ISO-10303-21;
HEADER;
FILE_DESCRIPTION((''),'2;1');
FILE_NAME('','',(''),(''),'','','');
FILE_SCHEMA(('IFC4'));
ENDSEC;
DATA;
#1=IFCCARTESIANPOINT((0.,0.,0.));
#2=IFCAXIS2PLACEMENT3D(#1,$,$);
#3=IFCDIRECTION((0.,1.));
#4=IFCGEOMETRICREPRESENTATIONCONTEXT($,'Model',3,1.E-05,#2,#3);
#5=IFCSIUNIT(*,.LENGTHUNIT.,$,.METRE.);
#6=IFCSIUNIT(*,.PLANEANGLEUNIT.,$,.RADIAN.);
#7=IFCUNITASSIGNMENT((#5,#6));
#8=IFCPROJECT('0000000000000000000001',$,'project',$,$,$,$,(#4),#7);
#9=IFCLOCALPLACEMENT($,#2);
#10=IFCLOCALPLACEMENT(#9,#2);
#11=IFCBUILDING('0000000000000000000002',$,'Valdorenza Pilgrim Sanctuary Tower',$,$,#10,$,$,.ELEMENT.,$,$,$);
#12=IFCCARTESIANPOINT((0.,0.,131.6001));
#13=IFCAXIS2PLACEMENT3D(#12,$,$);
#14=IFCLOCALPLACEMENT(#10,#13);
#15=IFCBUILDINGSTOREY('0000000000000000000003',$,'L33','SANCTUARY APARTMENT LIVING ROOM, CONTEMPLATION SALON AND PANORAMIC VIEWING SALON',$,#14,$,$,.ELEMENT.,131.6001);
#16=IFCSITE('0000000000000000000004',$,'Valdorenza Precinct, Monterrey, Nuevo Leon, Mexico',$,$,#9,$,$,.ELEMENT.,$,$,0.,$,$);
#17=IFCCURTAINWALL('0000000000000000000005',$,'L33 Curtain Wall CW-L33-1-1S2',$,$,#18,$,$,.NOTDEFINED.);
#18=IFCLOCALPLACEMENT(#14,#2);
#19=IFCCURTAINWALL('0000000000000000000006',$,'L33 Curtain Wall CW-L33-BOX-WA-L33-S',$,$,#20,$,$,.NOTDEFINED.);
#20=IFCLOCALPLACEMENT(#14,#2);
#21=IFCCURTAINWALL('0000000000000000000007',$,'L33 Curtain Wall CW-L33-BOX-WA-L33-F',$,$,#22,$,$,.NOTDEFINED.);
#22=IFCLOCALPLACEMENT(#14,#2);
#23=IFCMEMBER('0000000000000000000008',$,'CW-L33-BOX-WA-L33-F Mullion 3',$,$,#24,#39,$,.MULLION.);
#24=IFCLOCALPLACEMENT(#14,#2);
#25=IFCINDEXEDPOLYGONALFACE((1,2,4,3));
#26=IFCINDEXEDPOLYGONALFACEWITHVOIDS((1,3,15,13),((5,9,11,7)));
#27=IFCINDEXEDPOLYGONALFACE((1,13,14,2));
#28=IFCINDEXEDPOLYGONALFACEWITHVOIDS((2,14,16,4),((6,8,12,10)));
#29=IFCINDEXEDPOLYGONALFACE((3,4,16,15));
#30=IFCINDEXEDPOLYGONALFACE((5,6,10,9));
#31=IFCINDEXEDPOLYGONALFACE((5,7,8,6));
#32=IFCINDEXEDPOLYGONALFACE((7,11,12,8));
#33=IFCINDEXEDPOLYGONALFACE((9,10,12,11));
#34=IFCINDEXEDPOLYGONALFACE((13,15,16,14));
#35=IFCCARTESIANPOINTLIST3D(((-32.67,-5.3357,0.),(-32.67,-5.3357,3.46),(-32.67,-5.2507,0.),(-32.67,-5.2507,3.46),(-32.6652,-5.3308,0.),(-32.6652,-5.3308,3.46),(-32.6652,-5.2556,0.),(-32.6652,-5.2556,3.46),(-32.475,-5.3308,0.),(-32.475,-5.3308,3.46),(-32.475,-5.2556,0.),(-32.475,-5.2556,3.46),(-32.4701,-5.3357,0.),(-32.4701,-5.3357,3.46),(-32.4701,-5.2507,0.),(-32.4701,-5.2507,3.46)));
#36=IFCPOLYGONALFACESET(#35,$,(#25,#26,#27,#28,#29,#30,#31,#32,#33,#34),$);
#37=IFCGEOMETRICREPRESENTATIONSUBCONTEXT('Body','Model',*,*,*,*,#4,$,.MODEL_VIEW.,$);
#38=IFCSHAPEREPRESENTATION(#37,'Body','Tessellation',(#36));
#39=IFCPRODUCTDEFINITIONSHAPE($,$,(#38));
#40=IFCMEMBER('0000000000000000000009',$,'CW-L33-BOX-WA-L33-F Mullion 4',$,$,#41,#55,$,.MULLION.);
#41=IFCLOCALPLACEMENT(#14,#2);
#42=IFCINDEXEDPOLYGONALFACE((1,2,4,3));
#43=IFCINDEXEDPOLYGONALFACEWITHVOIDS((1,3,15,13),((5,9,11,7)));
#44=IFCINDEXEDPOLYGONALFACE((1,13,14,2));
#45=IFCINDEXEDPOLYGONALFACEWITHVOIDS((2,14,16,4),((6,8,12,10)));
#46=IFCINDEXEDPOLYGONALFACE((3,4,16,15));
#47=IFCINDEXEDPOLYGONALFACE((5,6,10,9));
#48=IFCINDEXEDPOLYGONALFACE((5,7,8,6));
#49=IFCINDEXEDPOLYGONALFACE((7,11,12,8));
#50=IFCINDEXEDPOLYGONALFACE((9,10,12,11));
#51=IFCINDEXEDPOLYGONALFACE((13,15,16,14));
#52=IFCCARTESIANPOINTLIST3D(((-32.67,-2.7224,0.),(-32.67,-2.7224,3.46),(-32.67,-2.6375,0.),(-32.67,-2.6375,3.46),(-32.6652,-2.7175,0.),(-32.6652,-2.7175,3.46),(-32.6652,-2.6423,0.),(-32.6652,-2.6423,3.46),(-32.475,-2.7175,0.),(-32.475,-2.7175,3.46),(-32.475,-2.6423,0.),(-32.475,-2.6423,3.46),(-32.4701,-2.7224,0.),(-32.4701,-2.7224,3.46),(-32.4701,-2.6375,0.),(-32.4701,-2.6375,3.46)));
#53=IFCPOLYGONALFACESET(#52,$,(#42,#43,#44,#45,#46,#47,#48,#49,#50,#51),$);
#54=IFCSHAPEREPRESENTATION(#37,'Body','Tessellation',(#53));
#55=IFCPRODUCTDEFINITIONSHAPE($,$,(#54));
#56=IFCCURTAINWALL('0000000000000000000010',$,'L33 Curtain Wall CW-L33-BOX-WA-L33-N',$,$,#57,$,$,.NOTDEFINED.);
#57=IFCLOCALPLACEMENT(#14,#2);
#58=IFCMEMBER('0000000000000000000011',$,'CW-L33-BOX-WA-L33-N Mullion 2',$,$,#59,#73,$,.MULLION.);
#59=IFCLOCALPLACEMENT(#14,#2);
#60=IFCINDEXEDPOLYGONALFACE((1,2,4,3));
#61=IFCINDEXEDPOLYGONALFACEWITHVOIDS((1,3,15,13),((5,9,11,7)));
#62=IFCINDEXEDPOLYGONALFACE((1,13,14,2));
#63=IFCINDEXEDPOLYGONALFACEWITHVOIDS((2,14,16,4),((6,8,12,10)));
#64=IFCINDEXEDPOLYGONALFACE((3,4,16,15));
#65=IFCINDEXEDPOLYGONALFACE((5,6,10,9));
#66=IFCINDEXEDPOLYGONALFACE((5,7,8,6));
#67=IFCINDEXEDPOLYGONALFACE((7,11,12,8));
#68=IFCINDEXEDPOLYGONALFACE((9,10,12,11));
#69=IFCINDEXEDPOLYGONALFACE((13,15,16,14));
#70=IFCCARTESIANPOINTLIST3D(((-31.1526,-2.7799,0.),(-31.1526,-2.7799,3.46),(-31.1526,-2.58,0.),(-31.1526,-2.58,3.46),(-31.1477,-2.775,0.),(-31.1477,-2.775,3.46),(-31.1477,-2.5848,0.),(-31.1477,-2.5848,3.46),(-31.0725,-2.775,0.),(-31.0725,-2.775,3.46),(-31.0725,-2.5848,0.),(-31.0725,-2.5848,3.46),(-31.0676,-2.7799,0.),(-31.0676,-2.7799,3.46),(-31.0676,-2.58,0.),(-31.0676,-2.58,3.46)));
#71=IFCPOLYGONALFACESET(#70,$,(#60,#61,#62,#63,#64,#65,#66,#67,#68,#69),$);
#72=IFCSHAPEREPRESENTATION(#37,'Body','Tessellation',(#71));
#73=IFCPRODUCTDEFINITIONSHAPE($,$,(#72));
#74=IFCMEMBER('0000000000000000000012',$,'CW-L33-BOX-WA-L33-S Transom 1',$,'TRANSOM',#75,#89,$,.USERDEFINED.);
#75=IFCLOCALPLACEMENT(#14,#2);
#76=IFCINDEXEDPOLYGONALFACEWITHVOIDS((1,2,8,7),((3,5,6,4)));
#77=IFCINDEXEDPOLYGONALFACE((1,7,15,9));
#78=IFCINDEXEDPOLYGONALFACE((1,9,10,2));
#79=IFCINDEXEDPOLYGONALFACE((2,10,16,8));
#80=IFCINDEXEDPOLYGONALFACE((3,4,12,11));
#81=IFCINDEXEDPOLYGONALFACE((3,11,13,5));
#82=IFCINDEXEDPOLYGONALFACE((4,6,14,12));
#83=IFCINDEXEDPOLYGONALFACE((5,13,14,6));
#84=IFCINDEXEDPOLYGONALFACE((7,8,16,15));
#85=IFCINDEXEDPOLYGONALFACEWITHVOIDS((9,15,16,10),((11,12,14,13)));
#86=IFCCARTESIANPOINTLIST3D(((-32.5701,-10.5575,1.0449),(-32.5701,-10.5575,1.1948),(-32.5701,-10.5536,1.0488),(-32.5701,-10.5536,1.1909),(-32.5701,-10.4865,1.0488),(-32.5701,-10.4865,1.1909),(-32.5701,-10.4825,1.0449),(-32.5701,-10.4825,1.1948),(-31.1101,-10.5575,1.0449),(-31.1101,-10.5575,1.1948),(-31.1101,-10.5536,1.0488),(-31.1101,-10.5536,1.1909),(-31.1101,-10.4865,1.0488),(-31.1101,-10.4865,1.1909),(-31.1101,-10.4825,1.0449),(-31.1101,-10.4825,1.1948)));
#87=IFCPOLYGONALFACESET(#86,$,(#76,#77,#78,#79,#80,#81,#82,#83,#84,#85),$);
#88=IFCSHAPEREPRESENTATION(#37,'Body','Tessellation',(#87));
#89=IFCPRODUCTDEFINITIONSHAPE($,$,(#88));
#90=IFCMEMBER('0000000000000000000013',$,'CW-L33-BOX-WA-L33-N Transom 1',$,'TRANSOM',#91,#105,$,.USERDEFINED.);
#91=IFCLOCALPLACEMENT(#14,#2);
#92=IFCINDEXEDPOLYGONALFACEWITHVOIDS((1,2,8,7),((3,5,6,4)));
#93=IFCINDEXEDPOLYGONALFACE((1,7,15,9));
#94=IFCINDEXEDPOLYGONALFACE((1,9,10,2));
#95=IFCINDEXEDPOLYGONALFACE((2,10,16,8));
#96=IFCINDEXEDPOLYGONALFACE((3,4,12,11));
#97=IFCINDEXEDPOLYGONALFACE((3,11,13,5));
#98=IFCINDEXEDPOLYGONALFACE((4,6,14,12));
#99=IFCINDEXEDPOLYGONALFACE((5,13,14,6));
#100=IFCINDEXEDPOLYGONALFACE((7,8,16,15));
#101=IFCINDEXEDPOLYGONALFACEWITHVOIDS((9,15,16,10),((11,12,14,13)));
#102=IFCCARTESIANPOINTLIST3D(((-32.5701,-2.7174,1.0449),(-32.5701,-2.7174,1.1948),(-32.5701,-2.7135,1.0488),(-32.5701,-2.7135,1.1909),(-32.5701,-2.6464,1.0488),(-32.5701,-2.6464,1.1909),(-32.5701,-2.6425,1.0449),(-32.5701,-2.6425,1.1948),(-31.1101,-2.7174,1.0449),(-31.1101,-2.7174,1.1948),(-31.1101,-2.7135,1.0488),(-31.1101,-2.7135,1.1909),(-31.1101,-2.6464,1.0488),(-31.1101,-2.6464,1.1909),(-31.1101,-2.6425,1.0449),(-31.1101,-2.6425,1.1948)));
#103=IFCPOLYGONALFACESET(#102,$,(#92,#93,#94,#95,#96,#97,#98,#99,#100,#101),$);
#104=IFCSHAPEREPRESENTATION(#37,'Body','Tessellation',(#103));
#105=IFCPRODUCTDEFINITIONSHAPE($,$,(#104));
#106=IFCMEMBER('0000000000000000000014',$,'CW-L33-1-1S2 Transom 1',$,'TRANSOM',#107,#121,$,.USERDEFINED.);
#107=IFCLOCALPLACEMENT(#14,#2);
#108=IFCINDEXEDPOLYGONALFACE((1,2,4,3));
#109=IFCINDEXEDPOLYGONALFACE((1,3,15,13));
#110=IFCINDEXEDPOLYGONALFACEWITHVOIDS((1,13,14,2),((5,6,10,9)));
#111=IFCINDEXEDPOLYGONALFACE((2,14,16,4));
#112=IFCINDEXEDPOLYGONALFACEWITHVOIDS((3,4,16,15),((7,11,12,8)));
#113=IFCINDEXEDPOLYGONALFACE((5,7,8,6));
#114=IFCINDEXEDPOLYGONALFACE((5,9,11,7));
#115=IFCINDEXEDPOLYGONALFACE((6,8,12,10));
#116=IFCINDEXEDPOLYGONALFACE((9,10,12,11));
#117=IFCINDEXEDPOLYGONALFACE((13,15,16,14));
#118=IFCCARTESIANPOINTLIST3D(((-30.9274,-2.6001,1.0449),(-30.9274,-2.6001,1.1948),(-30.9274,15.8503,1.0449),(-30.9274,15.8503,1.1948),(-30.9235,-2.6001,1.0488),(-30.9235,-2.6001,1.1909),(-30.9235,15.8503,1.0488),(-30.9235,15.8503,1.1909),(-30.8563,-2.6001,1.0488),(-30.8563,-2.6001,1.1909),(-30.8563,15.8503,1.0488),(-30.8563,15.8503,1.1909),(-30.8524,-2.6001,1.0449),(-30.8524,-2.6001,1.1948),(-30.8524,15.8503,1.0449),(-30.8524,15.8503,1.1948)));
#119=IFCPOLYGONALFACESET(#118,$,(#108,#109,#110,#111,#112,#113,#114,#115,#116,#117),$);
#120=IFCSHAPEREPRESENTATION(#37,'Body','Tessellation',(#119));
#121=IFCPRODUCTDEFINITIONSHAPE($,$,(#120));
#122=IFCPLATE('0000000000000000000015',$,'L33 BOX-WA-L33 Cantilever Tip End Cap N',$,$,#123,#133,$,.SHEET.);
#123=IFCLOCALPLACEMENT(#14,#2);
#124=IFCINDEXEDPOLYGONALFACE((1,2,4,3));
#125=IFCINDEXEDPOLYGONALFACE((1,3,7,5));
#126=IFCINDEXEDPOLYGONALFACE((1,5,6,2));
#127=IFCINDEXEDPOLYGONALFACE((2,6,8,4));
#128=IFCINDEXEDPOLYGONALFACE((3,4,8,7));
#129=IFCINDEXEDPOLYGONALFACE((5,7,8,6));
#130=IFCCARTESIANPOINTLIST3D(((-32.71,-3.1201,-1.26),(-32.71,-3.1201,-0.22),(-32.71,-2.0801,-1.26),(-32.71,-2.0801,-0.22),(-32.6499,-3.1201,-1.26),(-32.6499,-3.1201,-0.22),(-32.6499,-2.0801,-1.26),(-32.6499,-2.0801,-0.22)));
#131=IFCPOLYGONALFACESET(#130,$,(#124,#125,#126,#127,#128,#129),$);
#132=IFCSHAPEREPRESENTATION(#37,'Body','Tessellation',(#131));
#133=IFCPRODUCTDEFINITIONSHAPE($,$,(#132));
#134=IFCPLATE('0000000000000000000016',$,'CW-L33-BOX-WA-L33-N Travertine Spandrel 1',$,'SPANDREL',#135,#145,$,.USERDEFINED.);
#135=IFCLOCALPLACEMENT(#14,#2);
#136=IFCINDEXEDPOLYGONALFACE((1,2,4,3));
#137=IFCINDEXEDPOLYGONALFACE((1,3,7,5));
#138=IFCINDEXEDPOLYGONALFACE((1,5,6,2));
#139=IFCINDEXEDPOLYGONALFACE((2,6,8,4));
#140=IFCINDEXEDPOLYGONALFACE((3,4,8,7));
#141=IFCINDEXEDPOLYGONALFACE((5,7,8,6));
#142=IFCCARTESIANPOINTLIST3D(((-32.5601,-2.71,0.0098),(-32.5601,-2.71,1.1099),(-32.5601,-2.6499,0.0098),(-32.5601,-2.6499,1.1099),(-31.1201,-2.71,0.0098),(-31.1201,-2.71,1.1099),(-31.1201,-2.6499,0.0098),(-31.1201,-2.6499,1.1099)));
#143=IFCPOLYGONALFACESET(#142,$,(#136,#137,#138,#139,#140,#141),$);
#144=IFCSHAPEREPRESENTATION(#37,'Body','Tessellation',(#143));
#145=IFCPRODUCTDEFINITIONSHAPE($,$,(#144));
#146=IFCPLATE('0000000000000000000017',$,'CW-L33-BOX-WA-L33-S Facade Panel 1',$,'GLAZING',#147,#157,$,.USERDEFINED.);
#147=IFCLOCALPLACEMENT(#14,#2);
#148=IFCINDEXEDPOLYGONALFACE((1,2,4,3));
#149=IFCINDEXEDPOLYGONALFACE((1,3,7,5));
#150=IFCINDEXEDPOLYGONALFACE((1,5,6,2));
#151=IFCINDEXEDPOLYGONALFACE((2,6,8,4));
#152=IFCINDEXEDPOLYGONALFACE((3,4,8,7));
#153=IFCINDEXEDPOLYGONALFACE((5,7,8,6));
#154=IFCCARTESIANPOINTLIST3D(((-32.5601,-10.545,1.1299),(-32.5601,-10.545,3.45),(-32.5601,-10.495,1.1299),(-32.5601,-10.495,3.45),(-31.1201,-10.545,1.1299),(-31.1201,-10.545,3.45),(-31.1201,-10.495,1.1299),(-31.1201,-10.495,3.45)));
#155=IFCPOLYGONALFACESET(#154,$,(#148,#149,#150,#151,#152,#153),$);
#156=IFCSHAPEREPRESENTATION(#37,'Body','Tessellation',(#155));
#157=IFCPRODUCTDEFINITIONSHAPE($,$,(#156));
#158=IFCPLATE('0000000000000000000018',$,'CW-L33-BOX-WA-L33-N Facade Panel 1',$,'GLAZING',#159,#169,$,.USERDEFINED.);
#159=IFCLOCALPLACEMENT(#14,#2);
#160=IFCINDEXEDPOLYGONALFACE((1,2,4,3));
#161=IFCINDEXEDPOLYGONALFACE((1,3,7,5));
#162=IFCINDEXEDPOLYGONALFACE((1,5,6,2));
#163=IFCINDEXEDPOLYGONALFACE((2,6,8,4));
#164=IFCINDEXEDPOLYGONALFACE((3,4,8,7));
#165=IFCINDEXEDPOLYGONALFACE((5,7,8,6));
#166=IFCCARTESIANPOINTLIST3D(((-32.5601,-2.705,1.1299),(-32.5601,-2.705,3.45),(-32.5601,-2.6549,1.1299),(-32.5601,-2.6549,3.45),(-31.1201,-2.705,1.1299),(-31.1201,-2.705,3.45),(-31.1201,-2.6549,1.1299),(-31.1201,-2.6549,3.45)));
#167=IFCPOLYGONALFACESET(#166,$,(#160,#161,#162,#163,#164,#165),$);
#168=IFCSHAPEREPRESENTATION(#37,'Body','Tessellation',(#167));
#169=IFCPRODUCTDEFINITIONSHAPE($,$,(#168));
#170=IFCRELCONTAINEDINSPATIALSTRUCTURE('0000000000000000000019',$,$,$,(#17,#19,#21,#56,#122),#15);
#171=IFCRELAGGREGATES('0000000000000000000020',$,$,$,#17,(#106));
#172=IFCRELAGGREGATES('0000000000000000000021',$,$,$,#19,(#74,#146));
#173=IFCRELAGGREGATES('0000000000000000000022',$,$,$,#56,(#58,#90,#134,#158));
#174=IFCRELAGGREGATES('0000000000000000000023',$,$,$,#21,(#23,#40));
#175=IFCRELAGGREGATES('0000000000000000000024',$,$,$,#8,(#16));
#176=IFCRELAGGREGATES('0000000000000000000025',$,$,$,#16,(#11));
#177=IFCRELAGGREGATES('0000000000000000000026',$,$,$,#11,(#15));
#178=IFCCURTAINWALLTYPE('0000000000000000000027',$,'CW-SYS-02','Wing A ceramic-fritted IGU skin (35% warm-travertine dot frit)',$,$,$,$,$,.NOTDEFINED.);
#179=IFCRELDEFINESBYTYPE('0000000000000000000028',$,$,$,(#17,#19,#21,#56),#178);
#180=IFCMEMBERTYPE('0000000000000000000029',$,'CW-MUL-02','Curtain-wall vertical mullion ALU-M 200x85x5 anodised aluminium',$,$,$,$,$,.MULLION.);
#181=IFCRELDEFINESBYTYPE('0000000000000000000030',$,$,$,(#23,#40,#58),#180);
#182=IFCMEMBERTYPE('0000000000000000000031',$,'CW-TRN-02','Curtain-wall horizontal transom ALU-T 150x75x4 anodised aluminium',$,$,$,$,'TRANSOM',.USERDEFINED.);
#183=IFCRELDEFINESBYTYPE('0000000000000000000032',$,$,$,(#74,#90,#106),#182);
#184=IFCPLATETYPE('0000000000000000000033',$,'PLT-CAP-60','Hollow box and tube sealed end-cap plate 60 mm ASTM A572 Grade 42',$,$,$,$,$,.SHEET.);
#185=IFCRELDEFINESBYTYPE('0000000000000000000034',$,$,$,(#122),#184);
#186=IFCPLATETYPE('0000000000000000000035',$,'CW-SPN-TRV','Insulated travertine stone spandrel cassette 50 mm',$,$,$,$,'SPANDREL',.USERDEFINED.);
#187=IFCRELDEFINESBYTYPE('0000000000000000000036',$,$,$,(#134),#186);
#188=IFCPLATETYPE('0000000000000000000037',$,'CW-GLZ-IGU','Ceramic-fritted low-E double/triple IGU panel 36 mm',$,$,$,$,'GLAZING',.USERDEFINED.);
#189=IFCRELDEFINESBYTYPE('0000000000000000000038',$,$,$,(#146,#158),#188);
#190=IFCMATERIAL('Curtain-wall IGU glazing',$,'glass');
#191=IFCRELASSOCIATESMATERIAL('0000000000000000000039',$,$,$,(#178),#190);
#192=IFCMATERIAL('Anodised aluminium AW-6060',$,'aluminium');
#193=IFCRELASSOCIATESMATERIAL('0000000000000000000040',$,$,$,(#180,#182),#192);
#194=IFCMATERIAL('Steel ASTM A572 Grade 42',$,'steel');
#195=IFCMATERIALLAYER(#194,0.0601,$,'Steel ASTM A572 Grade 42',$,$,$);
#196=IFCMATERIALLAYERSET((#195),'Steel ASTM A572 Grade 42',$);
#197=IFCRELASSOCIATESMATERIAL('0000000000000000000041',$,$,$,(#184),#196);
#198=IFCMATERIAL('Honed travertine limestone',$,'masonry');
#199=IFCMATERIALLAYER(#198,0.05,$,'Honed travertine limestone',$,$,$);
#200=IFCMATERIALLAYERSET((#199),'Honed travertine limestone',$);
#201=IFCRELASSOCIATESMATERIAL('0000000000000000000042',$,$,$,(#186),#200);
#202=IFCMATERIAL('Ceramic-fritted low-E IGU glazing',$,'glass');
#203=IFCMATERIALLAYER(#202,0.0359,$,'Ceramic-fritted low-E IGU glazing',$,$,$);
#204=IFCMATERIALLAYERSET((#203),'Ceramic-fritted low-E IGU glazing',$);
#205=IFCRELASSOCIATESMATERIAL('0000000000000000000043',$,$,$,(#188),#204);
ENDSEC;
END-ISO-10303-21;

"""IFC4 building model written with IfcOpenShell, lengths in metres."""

from ifc_helpers import new_model, si_unit, direction, frame, origin, origin_2d, place, context, subcontext, project, spatial, rectangle, hollow_rectangle, extrude, source, transform, mapped, material, layer, layer_set, material_profile, profile_set, type_object, element, aggregate, save


model = new_model("IFC4")

# Units and contexts
model_context = context("Model", 3, precision=1e-05, world=origin(), true_north=direction((0.0, 1.0)))
body_context = subcontext(model_context, "Body", "Model", "MODEL_VIEW")
ifc_project = project(units=[si_unit("LENGTHUNIT", "METRE"), si_unit("PLANEANGLEUNIT", "RADIAN")], contexts=[model_context])

# Site, building, storey
site_placement = place(None, origin())
site = spatial("IfcSite", under=ifc_project, at=site_placement, Name="Valdorenza Precinct, Monterrey, Nuevo Leon, Mexico", CompositionType="ELEMENT", RefElevation=0.0)
building_placement = place(site_placement, origin())
building = spatial("IfcBuilding", under=site, at=building_placement, Name="Valdorenza Pilgrim Sanctuary Tower", CompositionType="ELEMENT")
storey_placement = place(building_placement, frame((0.0, 0.0, 131.6001)))
storey = spatial("IfcBuildingStorey", under=building, at=storey_placement, Name="L33", Description="SANCTUARY APARTMENT LIVING ROOM, CONTEMPLATION SALON AND PANORAMIC VIEWING SALON", CompositionType="ELEMENT", Elevation=131.6001)

# Shared definitions
ifc_material_1 = material(Name="Steel ASTM A572 Grade 42", Category="steel")

# Curtain walls
ifc_material_2 = material(Name="Curtain-wall IGU glazing", Category="glass")
curtain_wall_type = type_object("IfcCurtainWallType", Name="CW-SYS-02", Description="Wing A ceramic-fritted IGU skin (35% warm-travertine dot frit)", PredefinedType="NOTDEFINED", material=ifc_material_2)
curtain_wall_1_placement = place(storey_placement, origin())
curtain_wall_1 = element("IfcCurtainWall", 1, at=curtain_wall_1_placement, inside=storey, type_object=curtain_wall_type, Name="L33 Curtain Wall CW-L33-1-1S2", PredefinedType="NOTDEFINED")
ifc_material_3 = material(Name="Anodised aluminium AW-6060", Category="aluminium")
ifc_material_profile_1 = material_profile(ifc_material_3, hollow_rectangle(XDim=0.085, YDim=0.2, WallThickness=0.0049, at=origin_2d()), Name="ALU-M 200x85x5")
ifc_profile_set_1 = profile_set([ifc_material_profile_1], Name="Anodised aluminium AW-6060")
member_type_1 = type_object("IfcMemberType", Name="CW-MUL-02", Description="Curtain-wall vertical mullion ALU-M 200x85x5 anodised aluminium", PredefinedType="MULLION", material=ifc_profile_set_1)
shared_shape_1 = source(origin(), body_context, "Body", "SweptSolid", [
    extrude(hollow_rectangle(XDim=0.085, YDim=0.2, WallThickness=0.0049, at=origin_2d()), origin(), (0.0, 0.0, 1.0), 3.46),
])
curtain_wall_2_placement = place(storey_placement, origin())
curtain_wall_2 = element("IfcCurtainWall", 2, at=curtain_wall_2_placement, inside=storey, type_object=curtain_wall_type, Name="L33 Curtain Wall CW-L33-BOX-WA-L33-S", PredefinedType="NOTDEFINED")

# Curtain wall, members
curtain_wall_3_placement = place(storey_placement, origin())
curtain_wall_3 = element("IfcCurtainWall", 3, at=curtain_wall_3_placement, inside=storey, type_object=curtain_wall_type, Name="L33 Curtain Wall CW-L33-BOX-WA-L33-F", PredefinedType="NOTDEFINED")
member_1_placement = place(storey_placement, frame((-32.5701, -5.2932, 0.0), z_axis=(0.0, 0.0, 1.0), x_axis=(0.0, 1.0, 0.0)))
member_1 = element("IfcMember", 4, at=member_1_placement, type_object=member_type_1, Name="CW-L33-BOX-WA-L33-F Mullion 3", PredefinedType="MULLION", context=body_context, shape_type="MappedRepresentation", body=[
    mapped(shared_shape_1, transform((0.0, 0.0, 0.0), x_axis=(1.0, 0.0, 0.0), y_axis=(0.0, 1.0, 0.0), z_axis=(0.0, 0.0, 1.0), scale=1.0)),
])
member_2_placement = place(storey_placement, frame((-32.5701, -2.6799, 0.0), z_axis=(0.0, 0.0, 1.0), x_axis=(0.0, 1.0, 0.0)))
member_2 = element("IfcMember", 5, at=member_2_placement, type_object=member_type_1, Name="CW-L33-BOX-WA-L33-F Mullion 4", PredefinedType="MULLION", context=body_context, shape_type="MappedRepresentation", body=[
    mapped(shared_shape_1, transform((0.0, 0.0, 0.0), x_axis=(1.0, 0.0, 0.0), y_axis=(0.0, 1.0, 0.0), z_axis=(0.0, 0.0, 1.0), scale=1.0)),
])

# Curtain wall, member
curtain_wall_4_placement = place(storey_placement, origin())
curtain_wall_4 = element("IfcCurtainWall", 6, at=curtain_wall_4_placement, inside=storey, type_object=curtain_wall_type, Name="L33 Curtain Wall CW-L33-BOX-WA-L33-N", PredefinedType="NOTDEFINED")
member_3_placement = place(storey_placement, frame((-31.1101, -2.6799, 0.0), z_axis=(0.0, 0.0, 1.0), x_axis=(1.0, 0.0, 0.0)))
member_3 = element("IfcMember", 7, at=member_3_placement, type_object=member_type_1, Name="CW-L33-BOX-WA-L33-N Mullion 2", PredefinedType="MULLION", context=body_context, shape_type="MappedRepresentation", body=[
    mapped(shared_shape_1, transform((0.0, 0.0, 0.0), x_axis=(1.0, 0.0, 0.0), y_axis=(0.0, 1.0, 0.0), z_axis=(0.0, 0.0, 1.0), scale=1.0)),
])

# Members
ifc_material_profile_2 = material_profile(ifc_material_3, hollow_rectangle(XDim=0.075, YDim=0.1499, WallThickness=0.0039, at=origin_2d()), Name="ALU-T 150x75x4")
ifc_profile_set_2 = profile_set([ifc_material_profile_2], Name="Anodised aluminium AW-6060")
member_type_2 = type_object("IfcMemberType", Name="CW-TRN-02", Description="Curtain-wall horizontal transom ALU-T 150x75x4 anodised aluminium", ElementType="TRANSOM", PredefinedType="USERDEFINED", material=ifc_profile_set_2)
shared_shape_2 = source(origin(), body_context, "Body", "SweptSolid", [
    extrude(hollow_rectangle(XDim=0.075, YDim=0.1499, WallThickness=0.0039, at=origin_2d()), origin(), (0.0, 0.0, 1.0), 1.46),
])
member_4_placement = place(storey_placement, frame((-31.1101, -10.52, 1.1199), z_axis=(-1.0, 0.0, 0.0), x_axis=(0.0, -1.0, 0.0)))
member_4 = element("IfcMember", 8, at=member_4_placement, type_object=member_type_2, Name="CW-L33-BOX-WA-L33-S Transom 1", ObjectType="TRANSOM", PredefinedType="USERDEFINED", context=body_context, shape_type="MappedRepresentation", body=[
    mapped(shared_shape_2, transform((0.0, 0.0, 0.0), x_axis=(1.0, 0.0, 0.0), y_axis=(0.0, 1.0, 0.0), z_axis=(0.0, 0.0, 1.0), scale=1.0)),
])
member_5_placement = place(storey_placement, frame((-32.5701, -2.6799, 1.1199), z_axis=(1.0, 0.0, 0.0), x_axis=(0.0, 1.0, 0.0)))
member_5 = element("IfcMember", 9, at=member_5_placement, type_object=member_type_2, Name="CW-L33-BOX-WA-L33-N Transom 1", ObjectType="TRANSOM", PredefinedType="USERDEFINED", context=body_context, shape_type="MappedRepresentation", body=[
    mapped(shared_shape_2, transform((0.0, 0.0, 0.0), x_axis=(1.0, 0.0, 0.0), y_axis=(0.0, 1.0, 0.0), z_axis=(0.0, 0.0, 1.0), scale=1.0)),
])
shared_shape_3 = source(origin(), body_context, "Body", "SweptSolid", [
    extrude(hollow_rectangle(XDim=0.075, YDim=0.1499, WallThickness=0.0039, at=origin_2d()), origin(), (0.0, 0.0, 1.0), 18.4504),
])
member_6_placement = place(storey_placement, frame((-30.8899, -2.6001, 1.1199), z_axis=(0.0, 1.0, 0.0), x_axis=(-1.0, 0.0, 0.0)))
member_6 = element("IfcMember", 10, at=member_6_placement, type_object=member_type_2, Name="CW-L33-1-1S2 Transom 1", ObjectType="TRANSOM", PredefinedType="USERDEFINED", context=body_context, shape_type="MappedRepresentation", body=[
    mapped(shared_shape_3, transform((0.0, 0.0, 0.0), x_axis=(1.0, 0.0, 0.0), y_axis=(0.0, 1.0, 0.0), z_axis=(0.0, 0.0, 1.0), scale=1.0)),
])
aggregate(curtain_wall_1, [member_6])

# Plates
ifc_layer_1 = layer(ifc_material_1, 0.0601, Name="Steel ASTM A572 Grade 42")
ifc_layer_set_1 = layer_set([ifc_layer_1], Name="Steel ASTM A572 Grade 42")
plate_type_1 = type_object("IfcPlateType", Name="PLT-CAP-60", Description="Hollow box and tube sealed end-cap plate 60 mm ASTM A572 Grade 42", PredefinedType="SHEET", material=ifc_layer_set_1)
shared_shape_4 = source(origin(), body_context, "Body", "SweptSolid", [
    extrude(rectangle(XDim=0.0601, YDim=1.04, at=origin_2d()), origin(), (0.0, 0.0, 1.0), 1.04),
])
plate_1_placement = place(storey_placement, frame((-32.6799, -2.6001, -1.26), z_axis=(0.0, 0.0, 1.0), x_axis=(1.0, 0.0, 0.0)))
element("IfcPlate", 11, at=plate_1_placement, inside=storey, type_object=plate_type_1, Name="L33 BOX-WA-L33 Cantilever Tip End Cap N", PredefinedType="SHEET", context=body_context, shape_type="MappedRepresentation", body=[
    mapped(shared_shape_4, transform((0.0, 0.0, 0.0), x_axis=(1.0, 0.0, 0.0), y_axis=(0.0, 1.0, 0.0), z_axis=(0.0, 0.0, 1.0), scale=1.0)),
])
ifc_material_4 = material(Name="Honed travertine limestone", Category="masonry")
ifc_layer_2 = layer(ifc_material_4, 0.05, Name="Honed travertine limestone")
ifc_layer_set_2 = layer_set([ifc_layer_2], Name="Honed travertine limestone")
plate_type_2 = type_object("IfcPlateType", Name="CW-SPN-TRV", Description="Insulated travertine stone spandrel cassette 50 mm", ElementType="SPANDREL", PredefinedType="USERDEFINED", material=ifc_layer_set_2)
shared_shape_5 = source(origin(), body_context, "Body", "SweptSolid", [
    extrude(rectangle(XDim=1.4399, YDim=0.0601, at=origin_2d()), origin(), (0.0, 0.0, 1.0), 1.1001),
])
plate_2_placement = place(storey_placement, frame((-31.8401, -2.6799, 0.0098), z_axis=(0.0, 0.0, 1.0), x_axis=(1.0, 0.0, 0.0)))
plate_2 = element("IfcPlate", 12, at=plate_2_placement, type_object=plate_type_2, Name="CW-L33-BOX-WA-L33-N Travertine Spandrel 1", ObjectType="SPANDREL", PredefinedType="USERDEFINED", context=body_context, shape_type="MappedRepresentation", body=[
    mapped(shared_shape_5, transform((0.0, 0.0, 0.0), x_axis=(1.0, 0.0, 0.0), y_axis=(0.0, 1.0, 0.0), z_axis=(0.0, 0.0, 1.0), scale=1.0)),
])
ifc_material_5 = material(Name="Ceramic-fritted low-E IGU glazing", Category="glass")
ifc_layer_3 = layer(ifc_material_5, 0.0359, Name="Ceramic-fritted low-E IGU glazing")
ifc_layer_set_3 = layer_set([ifc_layer_3], Name="Ceramic-fritted low-E IGU glazing")
plate_type_3 = type_object("IfcPlateType", Name="CW-GLZ-IGU", Description="Ceramic-fritted low-E double/triple IGU panel 36 mm", ElementType="GLAZING", PredefinedType="USERDEFINED", material=ifc_layer_set_3)
shared_shape_6 = source(origin(), body_context, "Body", "SweptSolid", [
    extrude(rectangle(XDim=1.4399, YDim=0.05, at=origin_2d()), origin(), (0.0, 0.0, 1.0), 2.3201),
])
plate_3_placement = place(storey_placement, frame((-31.8401, -10.52, 1.1299), z_axis=(0.0, 0.0, 1.0), x_axis=(-1.0, 0.0, 0.0)))
plate_3 = element("IfcPlate", 13, at=plate_3_placement, type_object=plate_type_3, Name="CW-L33-BOX-WA-L33-S Facade Panel 1", ObjectType="GLAZING", PredefinedType="USERDEFINED", context=body_context, shape_type="MappedRepresentation", body=[
    mapped(shared_shape_6, transform((0.0, 0.0, 0.0), x_axis=(1.0, 0.0, 0.0), y_axis=(0.0, 1.0, 0.0), z_axis=(0.0, 0.0, 1.0), scale=1.0)),
])
aggregate(curtain_wall_2, [member_4, plate_3])
plate_4_placement = place(storey_placement, frame((-31.8401, -2.6799, 1.1299), z_axis=(0.0, 0.0, 1.0), x_axis=(1.0, 0.0, 0.0)))
plate_4 = element("IfcPlate", 14, at=plate_4_placement, type_object=plate_type_3, Name="CW-L33-BOX-WA-L33-N Facade Panel 1", ObjectType="GLAZING", PredefinedType="USERDEFINED", context=body_context, shape_type="MappedRepresentation", body=[
    mapped(shared_shape_6, transform((0.0, 0.0, 0.0), x_axis=(1.0, 0.0, 0.0), y_axis=(0.0, 1.0, 0.0), z_axis=(0.0, 0.0, 1.0), scale=1.0)),
])
aggregate(curtain_wall_4, [member_3, member_5, plate_2, plate_4])
aggregate(curtain_wall_3, [member_1, member_2])

save(model, "model.ifc")
